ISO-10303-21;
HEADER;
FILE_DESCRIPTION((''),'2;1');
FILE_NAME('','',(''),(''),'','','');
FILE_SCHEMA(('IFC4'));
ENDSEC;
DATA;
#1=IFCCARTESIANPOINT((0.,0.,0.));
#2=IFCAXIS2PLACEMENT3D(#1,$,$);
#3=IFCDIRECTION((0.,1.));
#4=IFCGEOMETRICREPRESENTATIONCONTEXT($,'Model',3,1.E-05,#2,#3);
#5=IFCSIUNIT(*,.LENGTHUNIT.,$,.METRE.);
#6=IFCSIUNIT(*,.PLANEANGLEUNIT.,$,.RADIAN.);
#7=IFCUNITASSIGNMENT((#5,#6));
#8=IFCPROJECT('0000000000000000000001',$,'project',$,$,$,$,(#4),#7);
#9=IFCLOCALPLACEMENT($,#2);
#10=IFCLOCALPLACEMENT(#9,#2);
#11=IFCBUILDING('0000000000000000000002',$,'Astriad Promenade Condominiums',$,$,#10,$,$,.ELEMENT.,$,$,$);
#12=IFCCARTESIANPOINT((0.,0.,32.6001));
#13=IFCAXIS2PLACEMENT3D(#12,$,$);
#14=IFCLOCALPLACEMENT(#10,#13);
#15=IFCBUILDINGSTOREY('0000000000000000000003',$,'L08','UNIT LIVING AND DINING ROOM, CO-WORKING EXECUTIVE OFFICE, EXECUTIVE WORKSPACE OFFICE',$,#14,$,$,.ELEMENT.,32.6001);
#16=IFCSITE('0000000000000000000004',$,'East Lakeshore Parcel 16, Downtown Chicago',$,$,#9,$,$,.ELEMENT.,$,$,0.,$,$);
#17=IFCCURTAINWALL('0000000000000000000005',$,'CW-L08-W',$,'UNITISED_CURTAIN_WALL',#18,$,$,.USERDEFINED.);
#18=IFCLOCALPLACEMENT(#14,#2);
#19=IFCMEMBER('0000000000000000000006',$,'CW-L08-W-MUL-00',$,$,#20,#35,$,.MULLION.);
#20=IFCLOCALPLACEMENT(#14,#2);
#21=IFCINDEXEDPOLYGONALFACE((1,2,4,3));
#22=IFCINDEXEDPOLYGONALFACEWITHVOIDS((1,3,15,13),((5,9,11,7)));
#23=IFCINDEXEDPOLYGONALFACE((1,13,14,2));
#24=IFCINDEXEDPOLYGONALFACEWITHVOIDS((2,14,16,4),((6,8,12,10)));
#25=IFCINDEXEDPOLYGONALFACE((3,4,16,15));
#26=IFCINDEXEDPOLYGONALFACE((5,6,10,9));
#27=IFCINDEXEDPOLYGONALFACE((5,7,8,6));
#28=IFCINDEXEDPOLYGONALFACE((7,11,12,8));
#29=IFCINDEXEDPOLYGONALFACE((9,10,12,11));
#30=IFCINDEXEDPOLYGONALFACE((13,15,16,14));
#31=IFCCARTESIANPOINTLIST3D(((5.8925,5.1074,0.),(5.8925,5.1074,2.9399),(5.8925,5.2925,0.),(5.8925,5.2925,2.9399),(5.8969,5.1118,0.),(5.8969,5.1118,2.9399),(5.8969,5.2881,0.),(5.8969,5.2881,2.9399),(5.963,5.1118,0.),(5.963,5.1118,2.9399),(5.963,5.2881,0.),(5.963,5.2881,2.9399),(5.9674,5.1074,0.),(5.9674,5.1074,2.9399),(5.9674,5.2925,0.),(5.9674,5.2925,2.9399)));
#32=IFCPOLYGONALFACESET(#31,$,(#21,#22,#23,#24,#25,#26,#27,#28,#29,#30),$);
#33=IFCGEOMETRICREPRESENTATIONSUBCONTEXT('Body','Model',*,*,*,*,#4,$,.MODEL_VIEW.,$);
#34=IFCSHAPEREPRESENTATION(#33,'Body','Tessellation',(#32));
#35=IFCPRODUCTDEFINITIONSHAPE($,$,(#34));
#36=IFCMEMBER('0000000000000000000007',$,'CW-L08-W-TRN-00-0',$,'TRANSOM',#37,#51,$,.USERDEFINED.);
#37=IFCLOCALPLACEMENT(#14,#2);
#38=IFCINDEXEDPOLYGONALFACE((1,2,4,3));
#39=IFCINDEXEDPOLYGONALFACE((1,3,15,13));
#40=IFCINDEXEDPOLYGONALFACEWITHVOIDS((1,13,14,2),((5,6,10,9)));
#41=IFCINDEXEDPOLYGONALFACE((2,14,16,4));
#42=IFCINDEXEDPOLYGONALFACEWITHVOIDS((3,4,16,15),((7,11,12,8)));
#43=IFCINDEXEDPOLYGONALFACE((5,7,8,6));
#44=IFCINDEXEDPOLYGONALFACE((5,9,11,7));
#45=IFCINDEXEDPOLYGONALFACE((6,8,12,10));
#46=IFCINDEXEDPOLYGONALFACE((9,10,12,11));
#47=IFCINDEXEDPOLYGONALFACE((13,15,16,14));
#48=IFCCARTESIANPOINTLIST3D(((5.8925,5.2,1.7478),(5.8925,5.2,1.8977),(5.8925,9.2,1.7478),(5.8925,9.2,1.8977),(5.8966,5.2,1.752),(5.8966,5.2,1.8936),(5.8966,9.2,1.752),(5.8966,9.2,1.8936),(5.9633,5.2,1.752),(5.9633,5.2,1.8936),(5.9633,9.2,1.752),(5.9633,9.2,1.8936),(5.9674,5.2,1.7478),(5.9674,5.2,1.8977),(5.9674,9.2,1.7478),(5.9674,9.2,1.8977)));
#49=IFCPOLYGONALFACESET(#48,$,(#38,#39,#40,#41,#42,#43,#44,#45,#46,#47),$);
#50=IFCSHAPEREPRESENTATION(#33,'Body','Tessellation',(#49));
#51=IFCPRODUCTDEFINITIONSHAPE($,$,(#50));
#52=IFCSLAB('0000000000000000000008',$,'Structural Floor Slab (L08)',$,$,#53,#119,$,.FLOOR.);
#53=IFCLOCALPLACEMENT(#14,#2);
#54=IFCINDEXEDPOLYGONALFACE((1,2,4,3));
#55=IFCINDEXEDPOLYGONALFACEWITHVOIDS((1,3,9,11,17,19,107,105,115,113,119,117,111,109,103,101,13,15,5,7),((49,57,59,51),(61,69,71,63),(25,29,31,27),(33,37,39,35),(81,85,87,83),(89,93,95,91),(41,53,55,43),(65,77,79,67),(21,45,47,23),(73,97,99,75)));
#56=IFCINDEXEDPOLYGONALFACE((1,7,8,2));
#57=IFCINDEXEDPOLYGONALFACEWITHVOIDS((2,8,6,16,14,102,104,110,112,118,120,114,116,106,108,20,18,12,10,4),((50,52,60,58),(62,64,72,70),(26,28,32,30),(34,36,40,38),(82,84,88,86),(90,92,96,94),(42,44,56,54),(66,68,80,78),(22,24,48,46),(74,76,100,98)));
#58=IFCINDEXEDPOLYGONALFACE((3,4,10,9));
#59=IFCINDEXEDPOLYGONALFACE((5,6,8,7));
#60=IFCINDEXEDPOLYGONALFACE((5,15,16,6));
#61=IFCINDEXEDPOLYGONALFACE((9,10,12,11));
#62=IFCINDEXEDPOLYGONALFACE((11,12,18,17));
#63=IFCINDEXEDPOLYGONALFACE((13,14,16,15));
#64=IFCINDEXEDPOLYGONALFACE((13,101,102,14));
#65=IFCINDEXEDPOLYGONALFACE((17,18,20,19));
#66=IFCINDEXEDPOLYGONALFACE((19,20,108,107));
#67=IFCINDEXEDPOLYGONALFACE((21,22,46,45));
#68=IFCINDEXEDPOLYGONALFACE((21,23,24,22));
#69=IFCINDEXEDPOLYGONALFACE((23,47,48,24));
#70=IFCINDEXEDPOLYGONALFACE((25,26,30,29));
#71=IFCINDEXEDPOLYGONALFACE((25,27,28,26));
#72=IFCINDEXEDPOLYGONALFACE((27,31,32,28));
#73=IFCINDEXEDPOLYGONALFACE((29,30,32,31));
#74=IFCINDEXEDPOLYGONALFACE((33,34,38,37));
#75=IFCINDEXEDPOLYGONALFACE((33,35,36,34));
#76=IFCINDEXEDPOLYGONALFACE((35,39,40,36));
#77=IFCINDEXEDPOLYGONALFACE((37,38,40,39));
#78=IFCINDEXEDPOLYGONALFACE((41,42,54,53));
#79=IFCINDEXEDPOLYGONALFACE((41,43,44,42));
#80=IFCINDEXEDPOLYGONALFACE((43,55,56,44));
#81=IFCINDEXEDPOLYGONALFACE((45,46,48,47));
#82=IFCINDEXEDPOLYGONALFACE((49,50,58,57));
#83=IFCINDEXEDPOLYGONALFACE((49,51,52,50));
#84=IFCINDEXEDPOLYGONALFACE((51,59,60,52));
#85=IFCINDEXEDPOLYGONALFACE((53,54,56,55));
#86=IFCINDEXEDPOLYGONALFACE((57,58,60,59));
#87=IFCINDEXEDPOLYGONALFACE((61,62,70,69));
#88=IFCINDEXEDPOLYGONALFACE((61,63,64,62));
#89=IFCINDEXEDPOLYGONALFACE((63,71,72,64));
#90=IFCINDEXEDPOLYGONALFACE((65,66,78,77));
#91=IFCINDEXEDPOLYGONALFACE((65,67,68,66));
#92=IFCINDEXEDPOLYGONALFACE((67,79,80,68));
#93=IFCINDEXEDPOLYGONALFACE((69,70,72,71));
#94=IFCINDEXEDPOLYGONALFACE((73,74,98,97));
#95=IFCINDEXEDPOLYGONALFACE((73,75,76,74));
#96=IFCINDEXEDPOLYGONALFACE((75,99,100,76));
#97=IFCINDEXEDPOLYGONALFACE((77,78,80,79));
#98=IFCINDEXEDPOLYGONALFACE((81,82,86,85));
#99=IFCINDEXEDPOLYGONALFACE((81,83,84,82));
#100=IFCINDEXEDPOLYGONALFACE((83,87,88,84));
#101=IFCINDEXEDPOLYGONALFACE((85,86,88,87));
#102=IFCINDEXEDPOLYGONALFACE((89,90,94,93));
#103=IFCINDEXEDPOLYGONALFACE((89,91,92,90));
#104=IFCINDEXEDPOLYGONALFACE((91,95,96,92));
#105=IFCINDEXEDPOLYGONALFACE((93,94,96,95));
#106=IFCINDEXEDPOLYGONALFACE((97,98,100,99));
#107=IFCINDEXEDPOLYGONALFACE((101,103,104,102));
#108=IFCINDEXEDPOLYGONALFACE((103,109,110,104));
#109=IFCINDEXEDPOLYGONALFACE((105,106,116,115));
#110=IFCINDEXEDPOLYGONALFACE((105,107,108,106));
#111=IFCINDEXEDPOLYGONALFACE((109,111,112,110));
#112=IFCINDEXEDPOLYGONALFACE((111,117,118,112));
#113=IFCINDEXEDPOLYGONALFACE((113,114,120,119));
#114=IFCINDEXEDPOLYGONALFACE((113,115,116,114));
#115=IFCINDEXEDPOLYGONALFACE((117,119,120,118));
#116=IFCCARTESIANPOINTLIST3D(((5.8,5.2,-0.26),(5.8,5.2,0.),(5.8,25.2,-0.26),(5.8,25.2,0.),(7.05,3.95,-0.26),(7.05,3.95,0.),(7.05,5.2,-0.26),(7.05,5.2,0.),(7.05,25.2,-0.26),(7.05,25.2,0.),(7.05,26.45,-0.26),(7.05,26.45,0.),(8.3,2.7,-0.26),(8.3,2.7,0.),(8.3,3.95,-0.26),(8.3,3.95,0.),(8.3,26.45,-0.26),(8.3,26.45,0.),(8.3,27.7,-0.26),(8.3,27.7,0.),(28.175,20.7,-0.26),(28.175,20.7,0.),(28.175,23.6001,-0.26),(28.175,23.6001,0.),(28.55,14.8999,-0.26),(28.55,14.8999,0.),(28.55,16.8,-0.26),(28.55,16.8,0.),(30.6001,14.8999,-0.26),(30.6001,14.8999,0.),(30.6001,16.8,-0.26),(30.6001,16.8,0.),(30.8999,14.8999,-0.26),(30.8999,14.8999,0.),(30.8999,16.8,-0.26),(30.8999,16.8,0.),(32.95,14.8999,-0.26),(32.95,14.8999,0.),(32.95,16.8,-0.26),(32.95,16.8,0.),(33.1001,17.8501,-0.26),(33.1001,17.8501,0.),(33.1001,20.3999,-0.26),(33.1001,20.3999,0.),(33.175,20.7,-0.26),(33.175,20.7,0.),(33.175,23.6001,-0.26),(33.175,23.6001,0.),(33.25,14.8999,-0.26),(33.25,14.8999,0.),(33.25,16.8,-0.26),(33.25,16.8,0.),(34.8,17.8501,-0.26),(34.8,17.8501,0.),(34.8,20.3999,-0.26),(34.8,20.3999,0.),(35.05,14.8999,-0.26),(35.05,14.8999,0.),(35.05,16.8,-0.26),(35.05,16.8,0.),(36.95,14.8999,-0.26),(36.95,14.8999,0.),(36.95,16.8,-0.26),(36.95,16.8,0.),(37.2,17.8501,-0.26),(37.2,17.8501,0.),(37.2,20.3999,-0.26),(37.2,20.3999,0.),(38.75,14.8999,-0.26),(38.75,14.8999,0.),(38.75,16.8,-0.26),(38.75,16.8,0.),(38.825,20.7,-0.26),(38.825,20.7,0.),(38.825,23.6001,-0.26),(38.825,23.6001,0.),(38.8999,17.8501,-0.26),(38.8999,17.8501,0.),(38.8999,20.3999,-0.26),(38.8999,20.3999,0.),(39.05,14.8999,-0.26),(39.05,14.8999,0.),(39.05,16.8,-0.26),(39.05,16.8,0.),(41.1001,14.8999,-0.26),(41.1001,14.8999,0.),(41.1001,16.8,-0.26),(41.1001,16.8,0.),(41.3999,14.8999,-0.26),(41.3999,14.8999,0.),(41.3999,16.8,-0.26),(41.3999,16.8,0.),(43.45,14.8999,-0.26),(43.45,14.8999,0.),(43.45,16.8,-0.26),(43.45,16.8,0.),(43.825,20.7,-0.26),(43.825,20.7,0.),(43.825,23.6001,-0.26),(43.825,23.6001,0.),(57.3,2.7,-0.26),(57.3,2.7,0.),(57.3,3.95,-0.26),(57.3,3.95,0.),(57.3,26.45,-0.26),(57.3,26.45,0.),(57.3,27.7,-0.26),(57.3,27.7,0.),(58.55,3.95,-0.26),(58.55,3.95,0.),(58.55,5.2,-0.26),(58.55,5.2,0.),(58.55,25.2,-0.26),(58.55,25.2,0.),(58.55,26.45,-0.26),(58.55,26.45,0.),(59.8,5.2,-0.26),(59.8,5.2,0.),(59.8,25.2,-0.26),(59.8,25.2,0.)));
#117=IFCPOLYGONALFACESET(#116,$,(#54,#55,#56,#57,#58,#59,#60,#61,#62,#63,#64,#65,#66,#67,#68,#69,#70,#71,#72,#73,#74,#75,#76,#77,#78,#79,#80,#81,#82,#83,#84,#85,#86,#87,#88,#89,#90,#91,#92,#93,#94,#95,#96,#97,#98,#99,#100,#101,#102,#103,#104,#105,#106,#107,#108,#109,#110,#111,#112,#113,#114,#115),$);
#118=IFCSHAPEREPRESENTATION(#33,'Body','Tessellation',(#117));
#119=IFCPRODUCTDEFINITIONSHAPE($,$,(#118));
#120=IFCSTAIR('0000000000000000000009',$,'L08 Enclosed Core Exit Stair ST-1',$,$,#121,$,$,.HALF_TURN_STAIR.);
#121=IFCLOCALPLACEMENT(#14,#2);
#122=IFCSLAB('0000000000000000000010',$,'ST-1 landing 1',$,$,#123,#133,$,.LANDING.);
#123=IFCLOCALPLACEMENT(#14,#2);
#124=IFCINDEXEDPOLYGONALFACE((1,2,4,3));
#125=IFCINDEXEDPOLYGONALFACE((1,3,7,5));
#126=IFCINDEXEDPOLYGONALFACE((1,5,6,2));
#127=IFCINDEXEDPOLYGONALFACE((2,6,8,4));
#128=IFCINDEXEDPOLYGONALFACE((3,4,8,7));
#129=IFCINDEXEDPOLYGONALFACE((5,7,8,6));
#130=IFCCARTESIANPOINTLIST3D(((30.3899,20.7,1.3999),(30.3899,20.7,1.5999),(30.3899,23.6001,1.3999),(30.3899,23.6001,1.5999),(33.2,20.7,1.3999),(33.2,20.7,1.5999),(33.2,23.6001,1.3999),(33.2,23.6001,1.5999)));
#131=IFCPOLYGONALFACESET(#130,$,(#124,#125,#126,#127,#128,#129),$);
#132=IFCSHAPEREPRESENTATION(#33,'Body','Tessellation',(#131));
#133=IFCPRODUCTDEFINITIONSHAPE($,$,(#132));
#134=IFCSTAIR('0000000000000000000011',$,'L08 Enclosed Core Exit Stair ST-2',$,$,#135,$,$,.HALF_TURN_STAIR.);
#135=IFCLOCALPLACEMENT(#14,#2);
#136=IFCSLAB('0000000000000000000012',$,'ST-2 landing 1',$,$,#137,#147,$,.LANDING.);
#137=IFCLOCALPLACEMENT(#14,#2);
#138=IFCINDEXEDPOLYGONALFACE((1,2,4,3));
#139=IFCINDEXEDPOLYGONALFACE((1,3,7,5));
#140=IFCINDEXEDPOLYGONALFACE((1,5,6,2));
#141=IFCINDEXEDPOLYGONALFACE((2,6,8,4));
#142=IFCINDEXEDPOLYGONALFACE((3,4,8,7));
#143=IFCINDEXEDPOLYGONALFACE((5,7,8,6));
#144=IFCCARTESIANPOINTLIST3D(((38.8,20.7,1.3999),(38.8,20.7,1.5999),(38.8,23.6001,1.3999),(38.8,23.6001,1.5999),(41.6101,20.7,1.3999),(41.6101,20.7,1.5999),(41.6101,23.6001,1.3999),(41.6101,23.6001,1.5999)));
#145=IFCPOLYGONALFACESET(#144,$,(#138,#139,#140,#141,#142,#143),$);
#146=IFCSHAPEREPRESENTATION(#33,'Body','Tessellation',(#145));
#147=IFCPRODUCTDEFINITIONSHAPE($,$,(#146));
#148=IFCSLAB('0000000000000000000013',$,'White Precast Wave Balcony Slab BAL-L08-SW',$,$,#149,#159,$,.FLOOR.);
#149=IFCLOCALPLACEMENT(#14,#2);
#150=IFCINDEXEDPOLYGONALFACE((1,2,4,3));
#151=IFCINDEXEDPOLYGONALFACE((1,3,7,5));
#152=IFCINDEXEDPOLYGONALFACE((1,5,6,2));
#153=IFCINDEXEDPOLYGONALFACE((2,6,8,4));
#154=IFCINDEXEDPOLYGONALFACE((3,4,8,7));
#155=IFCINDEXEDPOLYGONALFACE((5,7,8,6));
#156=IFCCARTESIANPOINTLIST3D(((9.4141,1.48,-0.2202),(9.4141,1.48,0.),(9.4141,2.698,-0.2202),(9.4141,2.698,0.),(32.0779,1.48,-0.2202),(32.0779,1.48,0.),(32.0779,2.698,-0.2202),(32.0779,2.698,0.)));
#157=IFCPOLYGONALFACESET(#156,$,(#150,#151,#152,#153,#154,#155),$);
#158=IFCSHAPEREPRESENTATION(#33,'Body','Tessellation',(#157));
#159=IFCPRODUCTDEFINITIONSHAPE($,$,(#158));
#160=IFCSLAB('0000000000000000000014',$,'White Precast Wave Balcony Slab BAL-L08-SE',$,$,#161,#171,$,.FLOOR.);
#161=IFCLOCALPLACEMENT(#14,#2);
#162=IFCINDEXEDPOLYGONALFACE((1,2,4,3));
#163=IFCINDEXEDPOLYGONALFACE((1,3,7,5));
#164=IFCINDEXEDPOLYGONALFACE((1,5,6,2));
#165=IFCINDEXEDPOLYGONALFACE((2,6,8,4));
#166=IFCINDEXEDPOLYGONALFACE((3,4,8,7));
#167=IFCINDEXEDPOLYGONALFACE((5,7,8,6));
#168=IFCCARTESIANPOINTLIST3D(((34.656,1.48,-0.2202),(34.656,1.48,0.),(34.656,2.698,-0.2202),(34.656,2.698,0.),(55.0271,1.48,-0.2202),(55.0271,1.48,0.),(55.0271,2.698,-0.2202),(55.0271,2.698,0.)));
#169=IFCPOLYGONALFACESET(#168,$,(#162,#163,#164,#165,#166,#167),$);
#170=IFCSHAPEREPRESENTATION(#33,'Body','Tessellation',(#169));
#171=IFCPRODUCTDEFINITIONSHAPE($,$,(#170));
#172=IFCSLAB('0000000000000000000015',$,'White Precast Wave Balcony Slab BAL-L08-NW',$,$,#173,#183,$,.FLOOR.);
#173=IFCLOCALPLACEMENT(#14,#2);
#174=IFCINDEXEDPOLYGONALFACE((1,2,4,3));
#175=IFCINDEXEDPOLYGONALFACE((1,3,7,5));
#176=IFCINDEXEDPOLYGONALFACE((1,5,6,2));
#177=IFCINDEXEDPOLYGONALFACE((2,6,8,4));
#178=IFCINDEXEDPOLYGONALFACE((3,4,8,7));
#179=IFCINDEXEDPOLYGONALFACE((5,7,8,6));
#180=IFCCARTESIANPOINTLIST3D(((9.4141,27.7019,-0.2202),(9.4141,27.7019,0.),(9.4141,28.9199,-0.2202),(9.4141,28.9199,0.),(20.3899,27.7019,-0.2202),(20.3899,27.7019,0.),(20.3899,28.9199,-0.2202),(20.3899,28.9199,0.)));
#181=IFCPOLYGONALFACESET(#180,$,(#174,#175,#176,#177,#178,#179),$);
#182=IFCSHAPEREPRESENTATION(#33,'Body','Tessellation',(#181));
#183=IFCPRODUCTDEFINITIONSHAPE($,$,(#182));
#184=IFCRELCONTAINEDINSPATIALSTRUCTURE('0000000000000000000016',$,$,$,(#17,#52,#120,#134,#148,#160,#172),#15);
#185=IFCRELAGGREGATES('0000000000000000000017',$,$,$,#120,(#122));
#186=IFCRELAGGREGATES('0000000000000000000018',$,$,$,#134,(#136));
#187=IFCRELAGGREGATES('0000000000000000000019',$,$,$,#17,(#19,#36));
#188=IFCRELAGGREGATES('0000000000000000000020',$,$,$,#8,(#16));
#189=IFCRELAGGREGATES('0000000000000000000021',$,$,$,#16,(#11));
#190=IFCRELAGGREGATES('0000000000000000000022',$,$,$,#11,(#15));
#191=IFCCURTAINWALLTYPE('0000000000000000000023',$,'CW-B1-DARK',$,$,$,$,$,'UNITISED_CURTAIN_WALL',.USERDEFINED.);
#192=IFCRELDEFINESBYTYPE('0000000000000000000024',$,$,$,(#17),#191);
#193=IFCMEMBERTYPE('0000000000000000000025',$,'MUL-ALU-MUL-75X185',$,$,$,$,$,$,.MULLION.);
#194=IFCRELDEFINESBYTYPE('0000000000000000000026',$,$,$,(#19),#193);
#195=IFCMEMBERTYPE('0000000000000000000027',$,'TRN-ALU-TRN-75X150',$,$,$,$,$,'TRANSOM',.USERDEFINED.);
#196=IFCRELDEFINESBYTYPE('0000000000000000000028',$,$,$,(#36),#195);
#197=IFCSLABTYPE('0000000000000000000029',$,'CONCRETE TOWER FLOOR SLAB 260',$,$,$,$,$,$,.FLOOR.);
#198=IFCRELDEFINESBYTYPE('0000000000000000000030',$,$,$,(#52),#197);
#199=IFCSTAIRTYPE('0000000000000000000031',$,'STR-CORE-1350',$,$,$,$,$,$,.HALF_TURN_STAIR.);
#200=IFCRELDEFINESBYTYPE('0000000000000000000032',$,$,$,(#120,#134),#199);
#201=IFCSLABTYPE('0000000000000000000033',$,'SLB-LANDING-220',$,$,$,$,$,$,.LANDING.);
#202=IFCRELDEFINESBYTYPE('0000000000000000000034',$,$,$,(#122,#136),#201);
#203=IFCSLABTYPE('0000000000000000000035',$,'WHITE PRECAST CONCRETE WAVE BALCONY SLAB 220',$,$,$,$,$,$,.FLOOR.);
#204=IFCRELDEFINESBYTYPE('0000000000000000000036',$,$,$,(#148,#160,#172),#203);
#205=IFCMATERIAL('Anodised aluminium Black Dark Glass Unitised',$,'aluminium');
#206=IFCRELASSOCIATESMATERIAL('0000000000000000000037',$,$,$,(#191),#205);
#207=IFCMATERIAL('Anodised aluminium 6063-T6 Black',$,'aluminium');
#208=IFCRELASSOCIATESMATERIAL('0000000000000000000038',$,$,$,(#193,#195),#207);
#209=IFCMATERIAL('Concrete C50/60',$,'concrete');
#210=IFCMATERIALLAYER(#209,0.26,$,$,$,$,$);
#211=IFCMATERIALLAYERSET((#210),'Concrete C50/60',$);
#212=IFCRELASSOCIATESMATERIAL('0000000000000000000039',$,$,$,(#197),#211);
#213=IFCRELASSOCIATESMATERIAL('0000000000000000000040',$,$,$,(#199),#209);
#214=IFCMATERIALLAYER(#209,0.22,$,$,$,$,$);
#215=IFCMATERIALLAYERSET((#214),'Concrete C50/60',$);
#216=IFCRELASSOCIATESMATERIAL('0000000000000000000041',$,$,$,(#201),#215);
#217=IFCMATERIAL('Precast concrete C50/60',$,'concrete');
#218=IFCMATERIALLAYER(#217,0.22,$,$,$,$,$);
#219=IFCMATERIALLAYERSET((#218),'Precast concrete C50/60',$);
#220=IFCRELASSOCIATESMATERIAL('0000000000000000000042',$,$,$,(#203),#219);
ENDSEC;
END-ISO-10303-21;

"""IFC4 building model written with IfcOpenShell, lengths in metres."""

from ifc_helpers import new_model, si_unit, direction, frame, origin, origin_2d, place, context, subcontext, project, spatial, polyline, hollow_rectangle, outline, extrude, source, transform, mapped, material, layer, layer_set, material_profile, profile_set, type_object, type_shapes, element, aggregate, save


model = new_model("IFC4")

# Units and contexts
model_context = context("Model", 3, precision=1e-05, world=origin(), true_north=direction((0.0, 1.0)))
body_context = subcontext(model_context, "Body", "Model", "MODEL_VIEW")
ifc_project = project(units=[si_unit("LENGTHUNIT", "METRE"), si_unit("PLANEANGLEUNIT", "RADIAN")], contexts=[model_context])

# Site, building, storey
site_placement = place(None, origin())
site = spatial("IfcSite", under=ifc_project, at=site_placement, Name="East Lakeshore Parcel 16, Downtown Chicago", CompositionType="ELEMENT", RefElevation=0.0)
building_placement = place(site_placement, origin())
building = spatial("IfcBuilding", under=site, at=building_placement, Name="Astriad Promenade Condominiums", CompositionType="ELEMENT")
storey_placement = place(building_placement, frame((0.0, 0.0, 32.6001)))
storey = spatial("IfcBuildingStorey", under=building, at=storey_placement, Name="L08", Description="UNIT LIVING AND DINING ROOM, CO-WORKING EXECUTIVE OFFICE, EXECUTIVE WORKSPACE OFFICE", CompositionType="ELEMENT", Elevation=32.6001)

# Curtain wall, members
ifc_material_1 = material(Name="Anodised aluminium Black Dark Glass Unitised", Category="aluminium")
curtain_wall_type = type_object("IfcCurtainWallType", Name="CW-B1-DARK", ElementType="UNITISED_CURTAIN_WALL", PredefinedType="USERDEFINED", material=ifc_material_1)
curtain_wall_placement = place(storey_placement, origin())
curtain_wall = element("IfcCurtainWall", 1, at=curtain_wall_placement, inside=storey, type_object=curtain_wall_type, Name="CW-L08-W", ObjectType="UNITISED_CURTAIN_WALL", PredefinedType="USERDEFINED")
ifc_material_2 = material(Name="Anodised aluminium 6063-T6 Black", Category="aluminium")
ifc_material_profile_1 = material_profile(ifc_material_2, hollow_rectangle(XDim=0.075, YDim=0.1851, WallThickness=0.0044, at=origin_2d()), Name="ALU-MUL-75X185")
ifc_profile_set_1 = profile_set([ifc_material_profile_1], Name="Anodised aluminium 6063-T6 Black")
member_type_1 = type_object("IfcMemberType", Name="MUL-ALU-MUL-75X185", PredefinedType="MULLION", material=ifc_profile_set_1)
shared_shape_1 = source(origin(), body_context, "Body", "SweptSolid", [
    extrude(hollow_rectangle(XDim=0.075, YDim=0.1851, WallThickness=0.0044, at=origin_2d()), origin(), (0.0, 0.0, 1.0), 2.9399),
])
type_shapes(member_type_1, [shared_shape_1])
member_1_placement = place(storey_placement, frame((5.9299, 5.2, 0.0), z_axis=(0.0, 0.0, 1.0), x_axis=(1.0, 0.0, 0.0)))
member_1 = element("IfcMember", 2, at=member_1_placement, type_object=member_type_1, Name="CW-L08-W-MUL-00", PredefinedType="MULLION", context=body_context, shape_type="MappedRepresentation", body=[
    mapped(shared_shape_1, transform((0.0, 0.0, 0.0), scale=1.0)),
])
ifc_material_profile_2 = material_profile(ifc_material_2, hollow_rectangle(XDim=0.075, YDim=0.1499, WallThickness=0.0042, at=origin_2d()), Name="ALU-TRN-75X150")
ifc_profile_set_2 = profile_set([ifc_material_profile_2], Name="Anodised aluminium 6063-T6 Black")
member_type_2 = type_object("IfcMemberType", Name="TRN-ALU-TRN-75X150", ElementType="TRANSOM", PredefinedType="USERDEFINED", material=ifc_profile_set_2)
shared_shape_2 = source(origin(), body_context, "Body", "SweptSolid", [
    extrude(hollow_rectangle(XDim=0.075, YDim=0.1499, WallThickness=0.0042, at=origin_2d()), origin(), (0.0, 0.0, 1.0), 4.0),
])
type_shapes(member_type_2, [shared_shape_2])
member_2_placement = place(storey_placement, frame((5.9299, 5.2, 1.8228), z_axis=(0.0, 1.0, 0.0), x_axis=(-1.0, 0.0, 0.0)))
member_2 = element("IfcMember", 3, at=member_2_placement, type_object=member_type_2, Name="CW-L08-W-TRN-00-0", ObjectType="TRANSOM", PredefinedType="USERDEFINED", context=body_context, shape_type="MappedRepresentation", body=[
    mapped(shared_shape_2, transform((0.0, 0.0, 0.0), scale=1.0)),
])

# Slab
ifc_material_3 = material(Name="Concrete C50/60", Category="concrete")
ifc_layer_1 = layer(ifc_material_3, 0.26)
ifc_layer_set_1 = layer_set([ifc_layer_1], Name="Concrete C50/60")
slab_type_1 = type_object("IfcSlabType", Name="CONCRETE TOWER FLOOR SLAB 260", PredefinedType="FLOOR", material=ifc_layer_set_1)
slab_1_placement = place(storey_placement, frame((0.0, 0.0, -0.26)))
element("IfcSlab", 4, at=slab_1_placement, inside=storey, type_object=slab_type_1, Name="Structural Floor Slab (L08)", PredefinedType="FLOOR", context=body_context, shape_type="SweptSolid", body=[
    extrude(outline(polyline([(8.3, 2.7), (57.3, 2.7), (57.3, 3.95), (58.55, 3.95), (58.55, 5.2), (59.8, 5.2), (59.8, 25.2), (58.55, 25.2), (58.55, 26.45), (57.3, 26.45), (57.3, 27.7), (8.3, 27.7), (8.3, 26.45), (7.05, 26.45), (7.05, 25.2), (5.8, 25.2), (5.8, 5.2), (7.05, 5.2), (7.05, 3.95), (8.3, 3.95), (8.3, 2.7)]), holes=[polyline([(28.175, 20.7), (33.175, 20.7), (33.175, 23.6001), (28.175, 23.6001), (28.175, 20.7)]), polyline([(38.825, 20.7), (43.825, 20.7), (43.825, 23.6001), (38.825, 23.6001), (38.825, 20.7)]), polyline([(33.1001, 17.8501), (34.8, 17.8501), (34.8, 20.3999), (33.1001, 20.3999), (33.1001, 17.8501)]), polyline([(37.2, 17.8501), (38.8999, 17.8501), (38.8999, 20.3999), (37.2, 20.3999), (37.2, 17.8501)]), polyline([(28.55, 14.8999), (30.6001, 14.8999), (30.6001, 16.8), (28.55, 16.8), (28.55, 14.8999)]), polyline([(30.8999, 14.8999), (32.95, 14.8999), (32.95, 16.8), (30.8999, 16.8), (30.8999, 14.8999)]), polyline([(33.25, 14.8999), (35.05, 14.8999), (35.05, 16.8), (33.25, 16.8), (33.25, 14.8999)]), polyline([(36.95, 14.8999), (38.75, 14.8999), (38.75, 16.8), (36.95, 16.8), (36.95, 14.8999)]), polyline([(39.05, 14.8999), (41.1001, 14.8999), (41.1001, 16.8), (39.05, 16.8), (39.05, 14.8999)]), polyline([(41.3999, 14.8999), (43.45, 14.8999), (43.45, 16.8), (41.3999, 16.8), (41.3999, 14.8999)])]), origin(), (0.0, 0.0, 1.0), 0.26),
])

# Stairs, slabs
stair_type = type_object("IfcStairType", Name="STR-CORE-1350", PredefinedType="HALF_TURN_STAIR", material=ifc_material_3)
stair_1_placement = place(storey_placement, origin())
stair_1 = element("IfcStair", 5, at=stair_1_placement, inside=storey, type_object=stair_type, Name="L08 Enclosed Core Exit Stair ST-1", PredefinedType="HALF_TURN_STAIR")
ifc_layer_2 = layer(ifc_material_3, 0.22)
ifc_layer_set_2 = layer_set([ifc_layer_2], Name="Concrete C50/60")
slab_type_2 = type_object("IfcSlabType", Name="SLB-LANDING-220", PredefinedType="LANDING", material=ifc_layer_set_2)
slab_2_placement = place(storey_placement, frame((0.0, 0.0, 1.3999)))
slab_2 = element("IfcSlab", 6, at=slab_2_placement, type_object=slab_type_2, Name="ST-1 landing 1", PredefinedType="LANDING", context=body_context, shape_type="SweptSolid", body=[
    extrude(outline(polyline([(30.3899, 20.7), (33.2, 20.7), (33.2, 23.6001), (30.3899, 23.6001), (30.3899, 20.7)])), origin(), (0.0, 0.0, 1.0), 0.2),
])
aggregate(stair_1, [slab_2])
stair_2_placement = place(storey_placement, origin())
stair_2 = element("IfcStair", 7, at=stair_2_placement, inside=storey, type_object=stair_type, Name="L08 Enclosed Core Exit Stair ST-2", PredefinedType="HALF_TURN_STAIR")
slab_3_placement = place(storey_placement, frame((0.0, 0.0, 1.3999)))
slab_3 = element("IfcSlab", 8, at=slab_3_placement, type_object=slab_type_2, Name="ST-2 landing 1", PredefinedType="LANDING", context=body_context, shape_type="SweptSolid", body=[
    extrude(outline(polyline([(41.6101, 23.6001), (38.8, 23.6001), (38.8, 20.7), (41.6101, 20.7), (41.6101, 23.6001)])), origin(), (0.0, 0.0, 1.0), 0.2),
])
aggregate(stair_2, [slab_3])

# Slabs
ifc_material_4 = material(Name="Precast concrete C50/60", Category="concrete")
ifc_layer_3 = layer(ifc_material_4, 0.22)
ifc_layer_set_3 = layer_set([ifc_layer_3], Name="Precast concrete C50/60")
slab_type_3 = type_object("IfcSlabType", Name="WHITE PRECAST CONCRETE WAVE BALCONY SLAB 220", PredefinedType="FLOOR", material=ifc_layer_set_3)
slab_4_placement = place(storey_placement, frame((0.0, 0.0, -0.2202)))
element("IfcSlab", 9, at=slab_4_placement, inside=storey, type_object=slab_type_3, Name="White Precast Wave Balcony Slab BAL-L08-SW", PredefinedType="FLOOR", context=body_context, shape_type="SweptSolid", body=[
    extrude(outline(polyline([(32.0779, 1.48), (9.4141, 1.48), (9.4141, 2.698), (32.0779, 2.698), (32.0779, 1.48)])), origin(), (0.0, 0.0, 1.0), 0.2202),
])
slab_5_placement = place(storey_placement, frame((0.0, 0.0, -0.2202)))
element("IfcSlab", 10, at=slab_5_placement, inside=storey, type_object=slab_type_3, Name="White Precast Wave Balcony Slab BAL-L08-SE", PredefinedType="FLOOR", context=body_context, shape_type="SweptSolid", body=[
    extrude(outline(polyline([(55.0271, 1.48), (34.656, 1.48), (34.656, 2.698), (55.0271, 2.698), (55.0271, 1.48)])), origin(), (0.0, 0.0, 1.0), 0.2202),
])
slab_6_placement = place(storey_placement, frame((0.0, 0.0, -0.2202)))
element("IfcSlab", 11, at=slab_6_placement, inside=storey, type_object=slab_type_3, Name="White Precast Wave Balcony Slab BAL-L08-NW", PredefinedType="FLOOR", context=body_context, shape_type="SweptSolid", body=[
    extrude(outline(polyline([(9.4141, 28.9199), (20.3899, 28.9199), (20.3899, 27.7019), (9.4141, 27.7019), (9.4141, 28.9199)])), origin(), (0.0, 0.0, 1.0), 0.2202),
])

aggregate(curtain_wall, [member_1, member_2])

save(model, "model.ifc")
